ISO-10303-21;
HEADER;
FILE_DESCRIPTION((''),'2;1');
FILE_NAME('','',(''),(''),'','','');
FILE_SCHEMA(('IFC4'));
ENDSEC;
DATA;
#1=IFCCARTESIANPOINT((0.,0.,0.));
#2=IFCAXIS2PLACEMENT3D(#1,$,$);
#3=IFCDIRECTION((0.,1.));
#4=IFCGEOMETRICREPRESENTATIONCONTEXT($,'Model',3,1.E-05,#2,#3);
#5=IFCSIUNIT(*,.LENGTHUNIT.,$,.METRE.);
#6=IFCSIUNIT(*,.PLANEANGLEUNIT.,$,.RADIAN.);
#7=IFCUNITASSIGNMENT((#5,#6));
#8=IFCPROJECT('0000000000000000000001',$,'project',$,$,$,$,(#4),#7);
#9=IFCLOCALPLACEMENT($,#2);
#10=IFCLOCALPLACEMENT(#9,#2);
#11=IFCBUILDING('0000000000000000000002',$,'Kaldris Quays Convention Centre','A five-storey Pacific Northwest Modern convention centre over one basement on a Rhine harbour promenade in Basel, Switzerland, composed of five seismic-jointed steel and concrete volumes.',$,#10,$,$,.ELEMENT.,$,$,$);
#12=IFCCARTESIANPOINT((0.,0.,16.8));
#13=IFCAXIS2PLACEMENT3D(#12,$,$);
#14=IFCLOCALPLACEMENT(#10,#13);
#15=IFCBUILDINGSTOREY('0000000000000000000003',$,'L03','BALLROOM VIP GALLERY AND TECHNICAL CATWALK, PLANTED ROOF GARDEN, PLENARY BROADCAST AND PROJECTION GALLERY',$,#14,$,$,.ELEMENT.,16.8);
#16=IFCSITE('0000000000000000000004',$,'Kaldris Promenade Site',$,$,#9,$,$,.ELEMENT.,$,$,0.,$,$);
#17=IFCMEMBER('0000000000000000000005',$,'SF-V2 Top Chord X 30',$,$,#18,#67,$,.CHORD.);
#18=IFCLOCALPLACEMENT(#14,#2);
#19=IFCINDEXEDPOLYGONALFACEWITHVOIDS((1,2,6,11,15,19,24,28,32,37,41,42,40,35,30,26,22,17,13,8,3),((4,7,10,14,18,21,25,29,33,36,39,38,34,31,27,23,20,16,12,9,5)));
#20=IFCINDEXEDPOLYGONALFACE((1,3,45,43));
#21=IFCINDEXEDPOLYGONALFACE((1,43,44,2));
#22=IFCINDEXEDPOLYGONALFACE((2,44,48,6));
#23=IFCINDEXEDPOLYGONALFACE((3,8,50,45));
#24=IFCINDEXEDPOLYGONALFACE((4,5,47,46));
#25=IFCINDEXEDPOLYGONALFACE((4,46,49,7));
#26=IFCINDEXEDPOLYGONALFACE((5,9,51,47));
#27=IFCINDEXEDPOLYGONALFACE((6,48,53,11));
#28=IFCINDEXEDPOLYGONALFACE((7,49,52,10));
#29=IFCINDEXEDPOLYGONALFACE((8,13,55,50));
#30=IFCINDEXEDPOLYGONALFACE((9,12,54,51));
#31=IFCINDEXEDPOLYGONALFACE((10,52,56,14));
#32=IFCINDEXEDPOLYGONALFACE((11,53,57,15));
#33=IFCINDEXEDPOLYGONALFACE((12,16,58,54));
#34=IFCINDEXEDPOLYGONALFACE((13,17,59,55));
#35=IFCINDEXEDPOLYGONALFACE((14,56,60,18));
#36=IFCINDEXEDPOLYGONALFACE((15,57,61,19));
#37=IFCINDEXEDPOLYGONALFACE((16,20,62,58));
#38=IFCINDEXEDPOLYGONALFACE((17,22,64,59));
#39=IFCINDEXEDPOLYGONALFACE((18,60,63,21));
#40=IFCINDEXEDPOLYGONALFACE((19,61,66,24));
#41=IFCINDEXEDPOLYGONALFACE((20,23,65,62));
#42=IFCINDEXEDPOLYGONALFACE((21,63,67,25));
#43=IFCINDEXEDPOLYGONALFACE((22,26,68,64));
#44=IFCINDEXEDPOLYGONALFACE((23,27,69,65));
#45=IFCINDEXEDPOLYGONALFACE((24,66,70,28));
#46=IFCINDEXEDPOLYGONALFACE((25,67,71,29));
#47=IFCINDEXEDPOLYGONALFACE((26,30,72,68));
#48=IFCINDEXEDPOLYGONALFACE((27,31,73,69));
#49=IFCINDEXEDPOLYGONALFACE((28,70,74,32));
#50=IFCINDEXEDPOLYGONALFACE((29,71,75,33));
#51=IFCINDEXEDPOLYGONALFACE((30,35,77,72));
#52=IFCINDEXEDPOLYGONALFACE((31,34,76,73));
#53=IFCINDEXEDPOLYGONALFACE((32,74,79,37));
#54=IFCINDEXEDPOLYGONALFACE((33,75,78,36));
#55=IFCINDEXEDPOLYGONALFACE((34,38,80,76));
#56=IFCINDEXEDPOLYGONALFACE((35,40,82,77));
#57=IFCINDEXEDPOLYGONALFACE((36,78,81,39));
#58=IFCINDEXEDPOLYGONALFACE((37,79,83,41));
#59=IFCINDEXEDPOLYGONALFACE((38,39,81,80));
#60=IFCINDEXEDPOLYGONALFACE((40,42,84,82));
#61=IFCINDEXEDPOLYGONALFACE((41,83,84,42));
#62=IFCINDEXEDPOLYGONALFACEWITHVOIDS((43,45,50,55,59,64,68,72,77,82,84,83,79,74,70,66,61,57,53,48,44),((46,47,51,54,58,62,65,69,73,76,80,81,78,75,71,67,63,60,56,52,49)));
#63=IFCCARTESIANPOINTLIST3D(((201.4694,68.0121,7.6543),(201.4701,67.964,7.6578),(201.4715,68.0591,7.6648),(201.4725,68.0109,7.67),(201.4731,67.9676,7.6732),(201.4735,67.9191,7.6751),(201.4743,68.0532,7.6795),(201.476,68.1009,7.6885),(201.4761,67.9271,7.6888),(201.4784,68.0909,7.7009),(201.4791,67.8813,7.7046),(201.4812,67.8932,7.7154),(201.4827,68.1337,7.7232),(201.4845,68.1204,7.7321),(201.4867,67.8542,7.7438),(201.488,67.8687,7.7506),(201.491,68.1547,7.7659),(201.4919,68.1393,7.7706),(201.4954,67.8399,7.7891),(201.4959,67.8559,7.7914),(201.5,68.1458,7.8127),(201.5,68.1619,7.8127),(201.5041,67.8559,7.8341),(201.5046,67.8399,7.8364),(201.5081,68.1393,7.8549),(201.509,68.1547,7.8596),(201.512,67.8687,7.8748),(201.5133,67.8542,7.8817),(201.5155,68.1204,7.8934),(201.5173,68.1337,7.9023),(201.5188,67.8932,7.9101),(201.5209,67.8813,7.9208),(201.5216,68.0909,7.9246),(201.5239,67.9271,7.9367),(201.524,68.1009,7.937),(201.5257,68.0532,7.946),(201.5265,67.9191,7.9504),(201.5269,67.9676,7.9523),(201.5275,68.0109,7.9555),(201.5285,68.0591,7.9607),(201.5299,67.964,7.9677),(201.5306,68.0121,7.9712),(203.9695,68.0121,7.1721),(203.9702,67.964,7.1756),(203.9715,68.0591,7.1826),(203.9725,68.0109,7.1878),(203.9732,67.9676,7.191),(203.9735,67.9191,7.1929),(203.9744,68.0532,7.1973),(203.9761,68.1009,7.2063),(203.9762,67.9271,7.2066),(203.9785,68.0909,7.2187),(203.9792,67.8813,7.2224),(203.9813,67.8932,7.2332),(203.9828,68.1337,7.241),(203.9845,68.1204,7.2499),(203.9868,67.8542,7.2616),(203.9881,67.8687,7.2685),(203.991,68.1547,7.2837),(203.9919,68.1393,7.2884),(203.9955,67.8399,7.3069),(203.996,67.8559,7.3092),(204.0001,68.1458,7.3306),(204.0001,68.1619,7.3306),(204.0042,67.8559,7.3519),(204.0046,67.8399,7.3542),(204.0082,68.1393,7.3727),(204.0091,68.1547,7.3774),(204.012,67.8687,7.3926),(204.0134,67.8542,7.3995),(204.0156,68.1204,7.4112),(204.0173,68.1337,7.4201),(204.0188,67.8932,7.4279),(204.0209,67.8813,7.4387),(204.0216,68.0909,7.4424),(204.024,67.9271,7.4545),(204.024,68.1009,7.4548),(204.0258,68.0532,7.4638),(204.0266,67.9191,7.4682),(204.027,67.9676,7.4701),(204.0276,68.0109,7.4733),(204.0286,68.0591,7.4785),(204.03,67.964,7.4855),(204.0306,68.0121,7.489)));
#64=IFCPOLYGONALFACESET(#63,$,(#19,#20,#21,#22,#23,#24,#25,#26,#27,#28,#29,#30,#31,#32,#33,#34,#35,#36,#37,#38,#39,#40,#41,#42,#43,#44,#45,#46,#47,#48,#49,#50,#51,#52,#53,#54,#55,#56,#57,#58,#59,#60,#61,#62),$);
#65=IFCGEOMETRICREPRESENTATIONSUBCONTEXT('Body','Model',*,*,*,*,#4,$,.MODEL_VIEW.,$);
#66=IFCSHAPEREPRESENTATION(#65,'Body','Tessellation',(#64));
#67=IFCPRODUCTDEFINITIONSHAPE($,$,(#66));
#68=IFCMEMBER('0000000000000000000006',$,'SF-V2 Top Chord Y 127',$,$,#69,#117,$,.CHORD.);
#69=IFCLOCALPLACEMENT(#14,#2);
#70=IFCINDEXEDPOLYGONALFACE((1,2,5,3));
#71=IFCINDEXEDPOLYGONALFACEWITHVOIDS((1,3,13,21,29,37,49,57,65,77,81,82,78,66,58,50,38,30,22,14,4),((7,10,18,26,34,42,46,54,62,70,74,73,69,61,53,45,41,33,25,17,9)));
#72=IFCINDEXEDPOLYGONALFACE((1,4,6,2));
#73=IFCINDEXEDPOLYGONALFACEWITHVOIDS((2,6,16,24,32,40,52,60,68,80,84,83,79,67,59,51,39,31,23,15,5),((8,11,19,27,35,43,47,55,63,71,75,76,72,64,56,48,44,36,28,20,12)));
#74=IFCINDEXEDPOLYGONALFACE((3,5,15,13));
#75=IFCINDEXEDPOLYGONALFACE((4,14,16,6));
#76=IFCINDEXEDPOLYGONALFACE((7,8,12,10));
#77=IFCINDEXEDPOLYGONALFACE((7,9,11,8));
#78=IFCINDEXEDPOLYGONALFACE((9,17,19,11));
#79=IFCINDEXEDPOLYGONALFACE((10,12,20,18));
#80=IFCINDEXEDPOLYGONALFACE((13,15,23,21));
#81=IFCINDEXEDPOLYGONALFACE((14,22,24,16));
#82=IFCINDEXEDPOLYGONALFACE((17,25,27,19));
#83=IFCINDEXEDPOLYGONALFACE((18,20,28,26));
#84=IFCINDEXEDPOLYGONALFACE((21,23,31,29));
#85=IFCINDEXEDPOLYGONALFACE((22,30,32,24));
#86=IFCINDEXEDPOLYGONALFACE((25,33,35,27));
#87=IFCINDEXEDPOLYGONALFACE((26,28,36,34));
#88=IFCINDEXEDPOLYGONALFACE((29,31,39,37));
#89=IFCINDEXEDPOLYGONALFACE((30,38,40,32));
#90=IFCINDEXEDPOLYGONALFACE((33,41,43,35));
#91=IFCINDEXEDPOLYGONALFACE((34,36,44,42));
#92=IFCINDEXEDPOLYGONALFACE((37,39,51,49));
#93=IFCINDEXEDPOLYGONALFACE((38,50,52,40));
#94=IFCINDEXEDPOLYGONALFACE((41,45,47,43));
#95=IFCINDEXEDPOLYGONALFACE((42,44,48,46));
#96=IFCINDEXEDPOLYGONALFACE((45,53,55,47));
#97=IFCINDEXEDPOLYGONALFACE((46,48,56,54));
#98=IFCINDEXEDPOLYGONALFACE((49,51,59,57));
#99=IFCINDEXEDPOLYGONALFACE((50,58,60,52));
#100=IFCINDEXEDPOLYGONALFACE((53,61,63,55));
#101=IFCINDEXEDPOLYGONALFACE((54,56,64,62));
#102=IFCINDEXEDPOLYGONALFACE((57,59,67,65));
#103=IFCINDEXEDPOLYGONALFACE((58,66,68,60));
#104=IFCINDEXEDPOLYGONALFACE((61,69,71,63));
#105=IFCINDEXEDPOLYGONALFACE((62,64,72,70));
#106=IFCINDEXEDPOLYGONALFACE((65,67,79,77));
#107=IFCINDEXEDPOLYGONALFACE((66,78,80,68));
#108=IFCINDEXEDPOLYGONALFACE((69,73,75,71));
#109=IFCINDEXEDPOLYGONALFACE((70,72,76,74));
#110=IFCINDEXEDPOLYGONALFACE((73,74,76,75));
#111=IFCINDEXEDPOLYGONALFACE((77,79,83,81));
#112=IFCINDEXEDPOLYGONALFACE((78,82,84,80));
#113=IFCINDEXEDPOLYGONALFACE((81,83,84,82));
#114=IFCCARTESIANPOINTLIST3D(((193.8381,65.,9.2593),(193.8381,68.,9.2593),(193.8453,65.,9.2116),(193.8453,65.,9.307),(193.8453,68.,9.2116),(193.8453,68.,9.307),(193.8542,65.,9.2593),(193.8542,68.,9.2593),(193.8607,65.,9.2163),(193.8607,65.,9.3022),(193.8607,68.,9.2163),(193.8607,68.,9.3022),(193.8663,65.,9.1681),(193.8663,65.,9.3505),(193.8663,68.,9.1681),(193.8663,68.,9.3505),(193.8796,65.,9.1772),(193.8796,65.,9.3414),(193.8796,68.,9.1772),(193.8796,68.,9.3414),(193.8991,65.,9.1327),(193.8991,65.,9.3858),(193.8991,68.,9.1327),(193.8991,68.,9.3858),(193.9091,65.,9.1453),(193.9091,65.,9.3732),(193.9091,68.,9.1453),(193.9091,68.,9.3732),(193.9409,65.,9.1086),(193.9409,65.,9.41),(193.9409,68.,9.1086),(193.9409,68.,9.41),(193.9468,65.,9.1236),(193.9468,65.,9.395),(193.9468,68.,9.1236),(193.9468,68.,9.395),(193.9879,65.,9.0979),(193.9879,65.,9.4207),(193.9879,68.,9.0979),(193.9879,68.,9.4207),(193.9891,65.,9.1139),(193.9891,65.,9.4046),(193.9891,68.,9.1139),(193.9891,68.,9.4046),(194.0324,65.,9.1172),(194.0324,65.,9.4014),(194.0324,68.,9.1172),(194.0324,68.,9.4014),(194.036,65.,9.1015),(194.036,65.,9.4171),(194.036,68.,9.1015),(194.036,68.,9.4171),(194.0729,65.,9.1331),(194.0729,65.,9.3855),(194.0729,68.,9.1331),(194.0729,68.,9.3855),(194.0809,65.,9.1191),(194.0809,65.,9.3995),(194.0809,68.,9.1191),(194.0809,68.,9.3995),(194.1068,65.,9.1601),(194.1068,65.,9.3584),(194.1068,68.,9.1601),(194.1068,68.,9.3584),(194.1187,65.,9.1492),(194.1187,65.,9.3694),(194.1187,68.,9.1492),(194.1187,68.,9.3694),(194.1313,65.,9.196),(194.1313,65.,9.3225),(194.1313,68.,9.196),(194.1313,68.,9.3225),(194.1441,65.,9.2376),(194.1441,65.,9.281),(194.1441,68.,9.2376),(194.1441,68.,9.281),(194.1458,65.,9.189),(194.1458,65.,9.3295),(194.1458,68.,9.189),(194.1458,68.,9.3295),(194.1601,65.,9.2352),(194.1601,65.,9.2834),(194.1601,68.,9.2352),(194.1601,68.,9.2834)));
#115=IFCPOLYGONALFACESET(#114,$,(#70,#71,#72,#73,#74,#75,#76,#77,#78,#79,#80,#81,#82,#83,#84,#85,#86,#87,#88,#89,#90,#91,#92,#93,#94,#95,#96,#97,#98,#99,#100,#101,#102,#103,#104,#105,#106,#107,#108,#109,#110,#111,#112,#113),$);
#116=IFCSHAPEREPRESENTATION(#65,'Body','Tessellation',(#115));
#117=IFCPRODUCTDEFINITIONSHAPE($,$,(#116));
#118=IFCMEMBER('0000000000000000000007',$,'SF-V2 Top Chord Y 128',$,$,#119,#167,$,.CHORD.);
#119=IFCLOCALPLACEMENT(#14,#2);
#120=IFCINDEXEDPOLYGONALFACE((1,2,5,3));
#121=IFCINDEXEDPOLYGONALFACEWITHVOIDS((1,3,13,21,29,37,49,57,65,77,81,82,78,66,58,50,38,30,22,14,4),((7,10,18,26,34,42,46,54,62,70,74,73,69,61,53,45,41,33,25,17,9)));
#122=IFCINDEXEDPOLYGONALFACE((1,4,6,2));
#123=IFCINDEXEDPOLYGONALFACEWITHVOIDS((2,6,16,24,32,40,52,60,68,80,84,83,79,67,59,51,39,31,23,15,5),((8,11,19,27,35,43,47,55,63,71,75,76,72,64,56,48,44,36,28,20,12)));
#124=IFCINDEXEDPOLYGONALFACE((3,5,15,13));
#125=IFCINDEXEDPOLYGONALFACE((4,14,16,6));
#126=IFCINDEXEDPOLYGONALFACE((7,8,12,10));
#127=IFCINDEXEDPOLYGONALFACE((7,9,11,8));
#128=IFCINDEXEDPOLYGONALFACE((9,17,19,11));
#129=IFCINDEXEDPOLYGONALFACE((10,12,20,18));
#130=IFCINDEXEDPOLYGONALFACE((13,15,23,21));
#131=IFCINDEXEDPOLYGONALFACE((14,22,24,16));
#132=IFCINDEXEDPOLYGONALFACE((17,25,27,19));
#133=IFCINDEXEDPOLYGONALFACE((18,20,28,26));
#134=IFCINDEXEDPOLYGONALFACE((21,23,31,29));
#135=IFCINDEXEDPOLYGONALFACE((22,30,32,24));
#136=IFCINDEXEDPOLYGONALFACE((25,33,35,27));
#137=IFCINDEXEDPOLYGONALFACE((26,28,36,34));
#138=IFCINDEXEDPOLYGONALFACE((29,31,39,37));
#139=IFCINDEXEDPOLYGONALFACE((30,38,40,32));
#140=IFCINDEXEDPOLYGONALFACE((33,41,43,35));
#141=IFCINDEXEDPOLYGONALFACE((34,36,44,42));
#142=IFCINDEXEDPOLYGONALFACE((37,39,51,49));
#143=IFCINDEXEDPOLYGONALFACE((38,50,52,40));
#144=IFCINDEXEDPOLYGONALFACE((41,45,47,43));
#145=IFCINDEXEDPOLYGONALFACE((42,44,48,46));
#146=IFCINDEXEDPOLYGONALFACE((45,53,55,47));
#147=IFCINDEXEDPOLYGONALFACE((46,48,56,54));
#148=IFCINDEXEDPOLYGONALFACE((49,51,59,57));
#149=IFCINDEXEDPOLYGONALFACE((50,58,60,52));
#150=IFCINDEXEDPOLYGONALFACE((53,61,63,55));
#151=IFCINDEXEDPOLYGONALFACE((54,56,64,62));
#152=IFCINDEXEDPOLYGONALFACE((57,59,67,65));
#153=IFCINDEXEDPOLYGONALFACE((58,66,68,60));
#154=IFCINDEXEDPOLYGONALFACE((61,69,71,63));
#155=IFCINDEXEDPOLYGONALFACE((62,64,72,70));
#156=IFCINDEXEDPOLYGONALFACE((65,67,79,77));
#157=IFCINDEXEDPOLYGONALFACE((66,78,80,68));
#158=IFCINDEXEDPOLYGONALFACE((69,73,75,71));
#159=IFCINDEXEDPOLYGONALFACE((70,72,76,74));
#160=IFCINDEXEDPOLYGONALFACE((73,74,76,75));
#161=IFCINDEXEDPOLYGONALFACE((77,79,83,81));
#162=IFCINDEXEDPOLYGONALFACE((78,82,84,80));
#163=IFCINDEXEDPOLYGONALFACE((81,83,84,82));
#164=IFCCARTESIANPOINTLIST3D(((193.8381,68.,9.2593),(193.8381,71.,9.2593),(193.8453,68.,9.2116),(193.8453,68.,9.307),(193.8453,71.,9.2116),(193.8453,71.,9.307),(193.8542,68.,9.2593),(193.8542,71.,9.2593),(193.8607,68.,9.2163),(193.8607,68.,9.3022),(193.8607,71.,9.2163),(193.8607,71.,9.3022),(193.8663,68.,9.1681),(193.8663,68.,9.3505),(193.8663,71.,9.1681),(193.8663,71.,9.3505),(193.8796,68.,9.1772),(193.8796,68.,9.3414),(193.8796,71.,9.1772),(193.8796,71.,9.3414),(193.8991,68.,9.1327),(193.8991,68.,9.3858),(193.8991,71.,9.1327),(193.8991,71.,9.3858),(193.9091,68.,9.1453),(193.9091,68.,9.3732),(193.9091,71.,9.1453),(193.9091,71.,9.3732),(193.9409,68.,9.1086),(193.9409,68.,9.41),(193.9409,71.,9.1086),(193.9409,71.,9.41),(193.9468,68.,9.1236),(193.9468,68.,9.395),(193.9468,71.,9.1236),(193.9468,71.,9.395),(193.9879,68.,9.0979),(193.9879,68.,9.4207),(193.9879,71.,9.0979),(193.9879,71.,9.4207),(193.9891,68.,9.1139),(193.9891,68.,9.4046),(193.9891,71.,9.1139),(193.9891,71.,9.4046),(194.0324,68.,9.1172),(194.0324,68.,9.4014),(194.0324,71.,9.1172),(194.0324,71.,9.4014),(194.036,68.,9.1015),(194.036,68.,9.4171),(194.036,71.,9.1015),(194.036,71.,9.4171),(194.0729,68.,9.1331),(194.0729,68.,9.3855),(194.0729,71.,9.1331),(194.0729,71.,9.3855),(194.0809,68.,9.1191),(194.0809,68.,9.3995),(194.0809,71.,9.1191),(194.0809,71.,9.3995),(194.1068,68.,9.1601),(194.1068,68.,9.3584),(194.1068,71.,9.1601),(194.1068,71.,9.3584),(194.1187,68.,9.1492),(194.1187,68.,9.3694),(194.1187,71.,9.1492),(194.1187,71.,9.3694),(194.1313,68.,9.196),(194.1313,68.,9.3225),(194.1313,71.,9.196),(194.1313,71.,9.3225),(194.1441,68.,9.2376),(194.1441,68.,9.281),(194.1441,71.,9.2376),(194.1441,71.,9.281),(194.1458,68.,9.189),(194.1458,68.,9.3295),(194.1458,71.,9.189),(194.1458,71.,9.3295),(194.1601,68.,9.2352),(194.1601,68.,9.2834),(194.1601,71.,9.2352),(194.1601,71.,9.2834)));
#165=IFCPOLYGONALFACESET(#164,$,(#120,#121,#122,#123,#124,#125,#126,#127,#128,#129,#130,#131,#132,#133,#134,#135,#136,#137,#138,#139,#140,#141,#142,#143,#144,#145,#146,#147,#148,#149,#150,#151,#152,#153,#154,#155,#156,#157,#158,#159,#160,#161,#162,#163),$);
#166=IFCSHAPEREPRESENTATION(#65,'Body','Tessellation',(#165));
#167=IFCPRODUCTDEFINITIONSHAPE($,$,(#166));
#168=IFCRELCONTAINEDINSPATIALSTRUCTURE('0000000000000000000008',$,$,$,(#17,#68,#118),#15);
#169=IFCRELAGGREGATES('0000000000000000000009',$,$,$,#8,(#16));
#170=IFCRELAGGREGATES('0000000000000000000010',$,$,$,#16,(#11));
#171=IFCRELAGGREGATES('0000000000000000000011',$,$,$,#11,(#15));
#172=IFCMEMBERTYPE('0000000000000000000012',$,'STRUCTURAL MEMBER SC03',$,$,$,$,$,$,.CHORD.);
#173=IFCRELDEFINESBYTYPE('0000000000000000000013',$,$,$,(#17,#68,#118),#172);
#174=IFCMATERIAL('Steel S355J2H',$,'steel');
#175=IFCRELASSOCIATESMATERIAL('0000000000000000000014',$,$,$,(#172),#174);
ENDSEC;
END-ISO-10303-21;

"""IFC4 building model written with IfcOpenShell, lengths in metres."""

from ifc_helpers import new_model, si_unit, direction, frame, origin, origin_2d, place, context, subcontext, project, spatial, hollow_circle, extrude, material, material_profile, profile_set, type_object, element, save


model = new_model("IFC4")

# Units and contexts
model_context = context("Model", 3, precision=1e-05, world=origin(), true_north=direction((0.0, 1.0)))
body_context = subcontext(model_context, "Body", "Model", "MODEL_VIEW")
ifc_project = project(units=[si_unit("LENGTHUNIT", "METRE"), si_unit("PLANEANGLEUNIT", "RADIAN")], contexts=[model_context])

# Site, building, storey
site_placement = place(None, origin())
site = spatial("IfcSite", under=ifc_project, at=site_placement, Name="Kaldris Promenade Site", CompositionType="ELEMENT", RefElevation=0.0)
building_placement = place(site_placement, origin())
building = spatial("IfcBuilding", under=site, at=building_placement, Name="Kaldris Quays Convention Centre", Description="A five-storey Pacific Northwest Modern convention centre over one basement on a Rhine harbour promenade in Basel, Switzerland, composed of five seismic-jointed steel and concrete volumes.", CompositionType="ELEMENT")
storey_placement = place(building_placement, frame((0.0, 0.0, 16.8)))
storey = spatial("IfcBuildingStorey", under=building, at=storey_placement, Name="L03", Description="BALLROOM VIP GALLERY AND TECHNICAL CATWALK, PLANTED ROOF GARDEN, PLENARY BROADCAST AND PROJECTION GALLERY", CompositionType="ELEMENT", Elevation=16.8)

# Members
ifc_material_1 = material(Name="Steel S355J2H", Category="steel")
ifc_material_profile_1 = material_profile(ifc_material_1, hollow_circle(Radius=0.1619, WallThickness=0.0161, at=origin_2d()), Name="CHS 323.9x16")
ifc_profile_set_1 = profile_set([ifc_material_profile_1], Name="Steel S355J2H")
member_type_1 = type_object("IfcMemberType", Name="STRUCTURAL MEMBER SC03", PredefinedType="CHORD", material=ifc_profile_set_1)
for number, where, z_axis, x_axis, name in (
    (1, (201.5, 68.0, 7.8127), (0.981904, 0.0, -0.189381), (0.0, 1.0, 0.0), "SF-V2 Top Chord X 30"),
):
    element("IfcMember", number, at=place(storey_placement, frame(where, z_axis=z_axis, x_axis=x_axis)), inside=storey, type_object=member_type_1, Name=name, PredefinedType="CHORD", context=body_context, shape_type="SweptSolid", body=[
        extrude(hollow_circle(Radius=0.1619, WallThickness=0.0161, at=origin_2d()), origin(), (0.0, 0.0, 1.0), 2.5461),
    ])
for number, where, z_axis, x_axis, name in (
    (2, (194.0, 65.0, 9.2593), (0.0, 1.0, 0.0), (-1.0, 0.0, 0.0), "SF-V2 Top Chord Y 127"),
    (3, (194.0, 68.0, 9.2593), (0.0, 1.0, 0.0), (-1.0, 0.0, 0.0), "SF-V2 Top Chord Y 128"),
):
    element("IfcMember", number, at=place(storey_placement, frame(where, z_axis=z_axis, x_axis=x_axis)), inside=storey, type_object=member_type_1, Name=name, PredefinedType="CHORD", context=body_context, shape_type="SweptSolid", body=[
        extrude(hollow_circle(Radius=0.1619, WallThickness=0.0161, at=origin_2d()), origin(), (0.0, 0.0, 1.0), 3.0),
    ])

save(model, "model.ifc")
